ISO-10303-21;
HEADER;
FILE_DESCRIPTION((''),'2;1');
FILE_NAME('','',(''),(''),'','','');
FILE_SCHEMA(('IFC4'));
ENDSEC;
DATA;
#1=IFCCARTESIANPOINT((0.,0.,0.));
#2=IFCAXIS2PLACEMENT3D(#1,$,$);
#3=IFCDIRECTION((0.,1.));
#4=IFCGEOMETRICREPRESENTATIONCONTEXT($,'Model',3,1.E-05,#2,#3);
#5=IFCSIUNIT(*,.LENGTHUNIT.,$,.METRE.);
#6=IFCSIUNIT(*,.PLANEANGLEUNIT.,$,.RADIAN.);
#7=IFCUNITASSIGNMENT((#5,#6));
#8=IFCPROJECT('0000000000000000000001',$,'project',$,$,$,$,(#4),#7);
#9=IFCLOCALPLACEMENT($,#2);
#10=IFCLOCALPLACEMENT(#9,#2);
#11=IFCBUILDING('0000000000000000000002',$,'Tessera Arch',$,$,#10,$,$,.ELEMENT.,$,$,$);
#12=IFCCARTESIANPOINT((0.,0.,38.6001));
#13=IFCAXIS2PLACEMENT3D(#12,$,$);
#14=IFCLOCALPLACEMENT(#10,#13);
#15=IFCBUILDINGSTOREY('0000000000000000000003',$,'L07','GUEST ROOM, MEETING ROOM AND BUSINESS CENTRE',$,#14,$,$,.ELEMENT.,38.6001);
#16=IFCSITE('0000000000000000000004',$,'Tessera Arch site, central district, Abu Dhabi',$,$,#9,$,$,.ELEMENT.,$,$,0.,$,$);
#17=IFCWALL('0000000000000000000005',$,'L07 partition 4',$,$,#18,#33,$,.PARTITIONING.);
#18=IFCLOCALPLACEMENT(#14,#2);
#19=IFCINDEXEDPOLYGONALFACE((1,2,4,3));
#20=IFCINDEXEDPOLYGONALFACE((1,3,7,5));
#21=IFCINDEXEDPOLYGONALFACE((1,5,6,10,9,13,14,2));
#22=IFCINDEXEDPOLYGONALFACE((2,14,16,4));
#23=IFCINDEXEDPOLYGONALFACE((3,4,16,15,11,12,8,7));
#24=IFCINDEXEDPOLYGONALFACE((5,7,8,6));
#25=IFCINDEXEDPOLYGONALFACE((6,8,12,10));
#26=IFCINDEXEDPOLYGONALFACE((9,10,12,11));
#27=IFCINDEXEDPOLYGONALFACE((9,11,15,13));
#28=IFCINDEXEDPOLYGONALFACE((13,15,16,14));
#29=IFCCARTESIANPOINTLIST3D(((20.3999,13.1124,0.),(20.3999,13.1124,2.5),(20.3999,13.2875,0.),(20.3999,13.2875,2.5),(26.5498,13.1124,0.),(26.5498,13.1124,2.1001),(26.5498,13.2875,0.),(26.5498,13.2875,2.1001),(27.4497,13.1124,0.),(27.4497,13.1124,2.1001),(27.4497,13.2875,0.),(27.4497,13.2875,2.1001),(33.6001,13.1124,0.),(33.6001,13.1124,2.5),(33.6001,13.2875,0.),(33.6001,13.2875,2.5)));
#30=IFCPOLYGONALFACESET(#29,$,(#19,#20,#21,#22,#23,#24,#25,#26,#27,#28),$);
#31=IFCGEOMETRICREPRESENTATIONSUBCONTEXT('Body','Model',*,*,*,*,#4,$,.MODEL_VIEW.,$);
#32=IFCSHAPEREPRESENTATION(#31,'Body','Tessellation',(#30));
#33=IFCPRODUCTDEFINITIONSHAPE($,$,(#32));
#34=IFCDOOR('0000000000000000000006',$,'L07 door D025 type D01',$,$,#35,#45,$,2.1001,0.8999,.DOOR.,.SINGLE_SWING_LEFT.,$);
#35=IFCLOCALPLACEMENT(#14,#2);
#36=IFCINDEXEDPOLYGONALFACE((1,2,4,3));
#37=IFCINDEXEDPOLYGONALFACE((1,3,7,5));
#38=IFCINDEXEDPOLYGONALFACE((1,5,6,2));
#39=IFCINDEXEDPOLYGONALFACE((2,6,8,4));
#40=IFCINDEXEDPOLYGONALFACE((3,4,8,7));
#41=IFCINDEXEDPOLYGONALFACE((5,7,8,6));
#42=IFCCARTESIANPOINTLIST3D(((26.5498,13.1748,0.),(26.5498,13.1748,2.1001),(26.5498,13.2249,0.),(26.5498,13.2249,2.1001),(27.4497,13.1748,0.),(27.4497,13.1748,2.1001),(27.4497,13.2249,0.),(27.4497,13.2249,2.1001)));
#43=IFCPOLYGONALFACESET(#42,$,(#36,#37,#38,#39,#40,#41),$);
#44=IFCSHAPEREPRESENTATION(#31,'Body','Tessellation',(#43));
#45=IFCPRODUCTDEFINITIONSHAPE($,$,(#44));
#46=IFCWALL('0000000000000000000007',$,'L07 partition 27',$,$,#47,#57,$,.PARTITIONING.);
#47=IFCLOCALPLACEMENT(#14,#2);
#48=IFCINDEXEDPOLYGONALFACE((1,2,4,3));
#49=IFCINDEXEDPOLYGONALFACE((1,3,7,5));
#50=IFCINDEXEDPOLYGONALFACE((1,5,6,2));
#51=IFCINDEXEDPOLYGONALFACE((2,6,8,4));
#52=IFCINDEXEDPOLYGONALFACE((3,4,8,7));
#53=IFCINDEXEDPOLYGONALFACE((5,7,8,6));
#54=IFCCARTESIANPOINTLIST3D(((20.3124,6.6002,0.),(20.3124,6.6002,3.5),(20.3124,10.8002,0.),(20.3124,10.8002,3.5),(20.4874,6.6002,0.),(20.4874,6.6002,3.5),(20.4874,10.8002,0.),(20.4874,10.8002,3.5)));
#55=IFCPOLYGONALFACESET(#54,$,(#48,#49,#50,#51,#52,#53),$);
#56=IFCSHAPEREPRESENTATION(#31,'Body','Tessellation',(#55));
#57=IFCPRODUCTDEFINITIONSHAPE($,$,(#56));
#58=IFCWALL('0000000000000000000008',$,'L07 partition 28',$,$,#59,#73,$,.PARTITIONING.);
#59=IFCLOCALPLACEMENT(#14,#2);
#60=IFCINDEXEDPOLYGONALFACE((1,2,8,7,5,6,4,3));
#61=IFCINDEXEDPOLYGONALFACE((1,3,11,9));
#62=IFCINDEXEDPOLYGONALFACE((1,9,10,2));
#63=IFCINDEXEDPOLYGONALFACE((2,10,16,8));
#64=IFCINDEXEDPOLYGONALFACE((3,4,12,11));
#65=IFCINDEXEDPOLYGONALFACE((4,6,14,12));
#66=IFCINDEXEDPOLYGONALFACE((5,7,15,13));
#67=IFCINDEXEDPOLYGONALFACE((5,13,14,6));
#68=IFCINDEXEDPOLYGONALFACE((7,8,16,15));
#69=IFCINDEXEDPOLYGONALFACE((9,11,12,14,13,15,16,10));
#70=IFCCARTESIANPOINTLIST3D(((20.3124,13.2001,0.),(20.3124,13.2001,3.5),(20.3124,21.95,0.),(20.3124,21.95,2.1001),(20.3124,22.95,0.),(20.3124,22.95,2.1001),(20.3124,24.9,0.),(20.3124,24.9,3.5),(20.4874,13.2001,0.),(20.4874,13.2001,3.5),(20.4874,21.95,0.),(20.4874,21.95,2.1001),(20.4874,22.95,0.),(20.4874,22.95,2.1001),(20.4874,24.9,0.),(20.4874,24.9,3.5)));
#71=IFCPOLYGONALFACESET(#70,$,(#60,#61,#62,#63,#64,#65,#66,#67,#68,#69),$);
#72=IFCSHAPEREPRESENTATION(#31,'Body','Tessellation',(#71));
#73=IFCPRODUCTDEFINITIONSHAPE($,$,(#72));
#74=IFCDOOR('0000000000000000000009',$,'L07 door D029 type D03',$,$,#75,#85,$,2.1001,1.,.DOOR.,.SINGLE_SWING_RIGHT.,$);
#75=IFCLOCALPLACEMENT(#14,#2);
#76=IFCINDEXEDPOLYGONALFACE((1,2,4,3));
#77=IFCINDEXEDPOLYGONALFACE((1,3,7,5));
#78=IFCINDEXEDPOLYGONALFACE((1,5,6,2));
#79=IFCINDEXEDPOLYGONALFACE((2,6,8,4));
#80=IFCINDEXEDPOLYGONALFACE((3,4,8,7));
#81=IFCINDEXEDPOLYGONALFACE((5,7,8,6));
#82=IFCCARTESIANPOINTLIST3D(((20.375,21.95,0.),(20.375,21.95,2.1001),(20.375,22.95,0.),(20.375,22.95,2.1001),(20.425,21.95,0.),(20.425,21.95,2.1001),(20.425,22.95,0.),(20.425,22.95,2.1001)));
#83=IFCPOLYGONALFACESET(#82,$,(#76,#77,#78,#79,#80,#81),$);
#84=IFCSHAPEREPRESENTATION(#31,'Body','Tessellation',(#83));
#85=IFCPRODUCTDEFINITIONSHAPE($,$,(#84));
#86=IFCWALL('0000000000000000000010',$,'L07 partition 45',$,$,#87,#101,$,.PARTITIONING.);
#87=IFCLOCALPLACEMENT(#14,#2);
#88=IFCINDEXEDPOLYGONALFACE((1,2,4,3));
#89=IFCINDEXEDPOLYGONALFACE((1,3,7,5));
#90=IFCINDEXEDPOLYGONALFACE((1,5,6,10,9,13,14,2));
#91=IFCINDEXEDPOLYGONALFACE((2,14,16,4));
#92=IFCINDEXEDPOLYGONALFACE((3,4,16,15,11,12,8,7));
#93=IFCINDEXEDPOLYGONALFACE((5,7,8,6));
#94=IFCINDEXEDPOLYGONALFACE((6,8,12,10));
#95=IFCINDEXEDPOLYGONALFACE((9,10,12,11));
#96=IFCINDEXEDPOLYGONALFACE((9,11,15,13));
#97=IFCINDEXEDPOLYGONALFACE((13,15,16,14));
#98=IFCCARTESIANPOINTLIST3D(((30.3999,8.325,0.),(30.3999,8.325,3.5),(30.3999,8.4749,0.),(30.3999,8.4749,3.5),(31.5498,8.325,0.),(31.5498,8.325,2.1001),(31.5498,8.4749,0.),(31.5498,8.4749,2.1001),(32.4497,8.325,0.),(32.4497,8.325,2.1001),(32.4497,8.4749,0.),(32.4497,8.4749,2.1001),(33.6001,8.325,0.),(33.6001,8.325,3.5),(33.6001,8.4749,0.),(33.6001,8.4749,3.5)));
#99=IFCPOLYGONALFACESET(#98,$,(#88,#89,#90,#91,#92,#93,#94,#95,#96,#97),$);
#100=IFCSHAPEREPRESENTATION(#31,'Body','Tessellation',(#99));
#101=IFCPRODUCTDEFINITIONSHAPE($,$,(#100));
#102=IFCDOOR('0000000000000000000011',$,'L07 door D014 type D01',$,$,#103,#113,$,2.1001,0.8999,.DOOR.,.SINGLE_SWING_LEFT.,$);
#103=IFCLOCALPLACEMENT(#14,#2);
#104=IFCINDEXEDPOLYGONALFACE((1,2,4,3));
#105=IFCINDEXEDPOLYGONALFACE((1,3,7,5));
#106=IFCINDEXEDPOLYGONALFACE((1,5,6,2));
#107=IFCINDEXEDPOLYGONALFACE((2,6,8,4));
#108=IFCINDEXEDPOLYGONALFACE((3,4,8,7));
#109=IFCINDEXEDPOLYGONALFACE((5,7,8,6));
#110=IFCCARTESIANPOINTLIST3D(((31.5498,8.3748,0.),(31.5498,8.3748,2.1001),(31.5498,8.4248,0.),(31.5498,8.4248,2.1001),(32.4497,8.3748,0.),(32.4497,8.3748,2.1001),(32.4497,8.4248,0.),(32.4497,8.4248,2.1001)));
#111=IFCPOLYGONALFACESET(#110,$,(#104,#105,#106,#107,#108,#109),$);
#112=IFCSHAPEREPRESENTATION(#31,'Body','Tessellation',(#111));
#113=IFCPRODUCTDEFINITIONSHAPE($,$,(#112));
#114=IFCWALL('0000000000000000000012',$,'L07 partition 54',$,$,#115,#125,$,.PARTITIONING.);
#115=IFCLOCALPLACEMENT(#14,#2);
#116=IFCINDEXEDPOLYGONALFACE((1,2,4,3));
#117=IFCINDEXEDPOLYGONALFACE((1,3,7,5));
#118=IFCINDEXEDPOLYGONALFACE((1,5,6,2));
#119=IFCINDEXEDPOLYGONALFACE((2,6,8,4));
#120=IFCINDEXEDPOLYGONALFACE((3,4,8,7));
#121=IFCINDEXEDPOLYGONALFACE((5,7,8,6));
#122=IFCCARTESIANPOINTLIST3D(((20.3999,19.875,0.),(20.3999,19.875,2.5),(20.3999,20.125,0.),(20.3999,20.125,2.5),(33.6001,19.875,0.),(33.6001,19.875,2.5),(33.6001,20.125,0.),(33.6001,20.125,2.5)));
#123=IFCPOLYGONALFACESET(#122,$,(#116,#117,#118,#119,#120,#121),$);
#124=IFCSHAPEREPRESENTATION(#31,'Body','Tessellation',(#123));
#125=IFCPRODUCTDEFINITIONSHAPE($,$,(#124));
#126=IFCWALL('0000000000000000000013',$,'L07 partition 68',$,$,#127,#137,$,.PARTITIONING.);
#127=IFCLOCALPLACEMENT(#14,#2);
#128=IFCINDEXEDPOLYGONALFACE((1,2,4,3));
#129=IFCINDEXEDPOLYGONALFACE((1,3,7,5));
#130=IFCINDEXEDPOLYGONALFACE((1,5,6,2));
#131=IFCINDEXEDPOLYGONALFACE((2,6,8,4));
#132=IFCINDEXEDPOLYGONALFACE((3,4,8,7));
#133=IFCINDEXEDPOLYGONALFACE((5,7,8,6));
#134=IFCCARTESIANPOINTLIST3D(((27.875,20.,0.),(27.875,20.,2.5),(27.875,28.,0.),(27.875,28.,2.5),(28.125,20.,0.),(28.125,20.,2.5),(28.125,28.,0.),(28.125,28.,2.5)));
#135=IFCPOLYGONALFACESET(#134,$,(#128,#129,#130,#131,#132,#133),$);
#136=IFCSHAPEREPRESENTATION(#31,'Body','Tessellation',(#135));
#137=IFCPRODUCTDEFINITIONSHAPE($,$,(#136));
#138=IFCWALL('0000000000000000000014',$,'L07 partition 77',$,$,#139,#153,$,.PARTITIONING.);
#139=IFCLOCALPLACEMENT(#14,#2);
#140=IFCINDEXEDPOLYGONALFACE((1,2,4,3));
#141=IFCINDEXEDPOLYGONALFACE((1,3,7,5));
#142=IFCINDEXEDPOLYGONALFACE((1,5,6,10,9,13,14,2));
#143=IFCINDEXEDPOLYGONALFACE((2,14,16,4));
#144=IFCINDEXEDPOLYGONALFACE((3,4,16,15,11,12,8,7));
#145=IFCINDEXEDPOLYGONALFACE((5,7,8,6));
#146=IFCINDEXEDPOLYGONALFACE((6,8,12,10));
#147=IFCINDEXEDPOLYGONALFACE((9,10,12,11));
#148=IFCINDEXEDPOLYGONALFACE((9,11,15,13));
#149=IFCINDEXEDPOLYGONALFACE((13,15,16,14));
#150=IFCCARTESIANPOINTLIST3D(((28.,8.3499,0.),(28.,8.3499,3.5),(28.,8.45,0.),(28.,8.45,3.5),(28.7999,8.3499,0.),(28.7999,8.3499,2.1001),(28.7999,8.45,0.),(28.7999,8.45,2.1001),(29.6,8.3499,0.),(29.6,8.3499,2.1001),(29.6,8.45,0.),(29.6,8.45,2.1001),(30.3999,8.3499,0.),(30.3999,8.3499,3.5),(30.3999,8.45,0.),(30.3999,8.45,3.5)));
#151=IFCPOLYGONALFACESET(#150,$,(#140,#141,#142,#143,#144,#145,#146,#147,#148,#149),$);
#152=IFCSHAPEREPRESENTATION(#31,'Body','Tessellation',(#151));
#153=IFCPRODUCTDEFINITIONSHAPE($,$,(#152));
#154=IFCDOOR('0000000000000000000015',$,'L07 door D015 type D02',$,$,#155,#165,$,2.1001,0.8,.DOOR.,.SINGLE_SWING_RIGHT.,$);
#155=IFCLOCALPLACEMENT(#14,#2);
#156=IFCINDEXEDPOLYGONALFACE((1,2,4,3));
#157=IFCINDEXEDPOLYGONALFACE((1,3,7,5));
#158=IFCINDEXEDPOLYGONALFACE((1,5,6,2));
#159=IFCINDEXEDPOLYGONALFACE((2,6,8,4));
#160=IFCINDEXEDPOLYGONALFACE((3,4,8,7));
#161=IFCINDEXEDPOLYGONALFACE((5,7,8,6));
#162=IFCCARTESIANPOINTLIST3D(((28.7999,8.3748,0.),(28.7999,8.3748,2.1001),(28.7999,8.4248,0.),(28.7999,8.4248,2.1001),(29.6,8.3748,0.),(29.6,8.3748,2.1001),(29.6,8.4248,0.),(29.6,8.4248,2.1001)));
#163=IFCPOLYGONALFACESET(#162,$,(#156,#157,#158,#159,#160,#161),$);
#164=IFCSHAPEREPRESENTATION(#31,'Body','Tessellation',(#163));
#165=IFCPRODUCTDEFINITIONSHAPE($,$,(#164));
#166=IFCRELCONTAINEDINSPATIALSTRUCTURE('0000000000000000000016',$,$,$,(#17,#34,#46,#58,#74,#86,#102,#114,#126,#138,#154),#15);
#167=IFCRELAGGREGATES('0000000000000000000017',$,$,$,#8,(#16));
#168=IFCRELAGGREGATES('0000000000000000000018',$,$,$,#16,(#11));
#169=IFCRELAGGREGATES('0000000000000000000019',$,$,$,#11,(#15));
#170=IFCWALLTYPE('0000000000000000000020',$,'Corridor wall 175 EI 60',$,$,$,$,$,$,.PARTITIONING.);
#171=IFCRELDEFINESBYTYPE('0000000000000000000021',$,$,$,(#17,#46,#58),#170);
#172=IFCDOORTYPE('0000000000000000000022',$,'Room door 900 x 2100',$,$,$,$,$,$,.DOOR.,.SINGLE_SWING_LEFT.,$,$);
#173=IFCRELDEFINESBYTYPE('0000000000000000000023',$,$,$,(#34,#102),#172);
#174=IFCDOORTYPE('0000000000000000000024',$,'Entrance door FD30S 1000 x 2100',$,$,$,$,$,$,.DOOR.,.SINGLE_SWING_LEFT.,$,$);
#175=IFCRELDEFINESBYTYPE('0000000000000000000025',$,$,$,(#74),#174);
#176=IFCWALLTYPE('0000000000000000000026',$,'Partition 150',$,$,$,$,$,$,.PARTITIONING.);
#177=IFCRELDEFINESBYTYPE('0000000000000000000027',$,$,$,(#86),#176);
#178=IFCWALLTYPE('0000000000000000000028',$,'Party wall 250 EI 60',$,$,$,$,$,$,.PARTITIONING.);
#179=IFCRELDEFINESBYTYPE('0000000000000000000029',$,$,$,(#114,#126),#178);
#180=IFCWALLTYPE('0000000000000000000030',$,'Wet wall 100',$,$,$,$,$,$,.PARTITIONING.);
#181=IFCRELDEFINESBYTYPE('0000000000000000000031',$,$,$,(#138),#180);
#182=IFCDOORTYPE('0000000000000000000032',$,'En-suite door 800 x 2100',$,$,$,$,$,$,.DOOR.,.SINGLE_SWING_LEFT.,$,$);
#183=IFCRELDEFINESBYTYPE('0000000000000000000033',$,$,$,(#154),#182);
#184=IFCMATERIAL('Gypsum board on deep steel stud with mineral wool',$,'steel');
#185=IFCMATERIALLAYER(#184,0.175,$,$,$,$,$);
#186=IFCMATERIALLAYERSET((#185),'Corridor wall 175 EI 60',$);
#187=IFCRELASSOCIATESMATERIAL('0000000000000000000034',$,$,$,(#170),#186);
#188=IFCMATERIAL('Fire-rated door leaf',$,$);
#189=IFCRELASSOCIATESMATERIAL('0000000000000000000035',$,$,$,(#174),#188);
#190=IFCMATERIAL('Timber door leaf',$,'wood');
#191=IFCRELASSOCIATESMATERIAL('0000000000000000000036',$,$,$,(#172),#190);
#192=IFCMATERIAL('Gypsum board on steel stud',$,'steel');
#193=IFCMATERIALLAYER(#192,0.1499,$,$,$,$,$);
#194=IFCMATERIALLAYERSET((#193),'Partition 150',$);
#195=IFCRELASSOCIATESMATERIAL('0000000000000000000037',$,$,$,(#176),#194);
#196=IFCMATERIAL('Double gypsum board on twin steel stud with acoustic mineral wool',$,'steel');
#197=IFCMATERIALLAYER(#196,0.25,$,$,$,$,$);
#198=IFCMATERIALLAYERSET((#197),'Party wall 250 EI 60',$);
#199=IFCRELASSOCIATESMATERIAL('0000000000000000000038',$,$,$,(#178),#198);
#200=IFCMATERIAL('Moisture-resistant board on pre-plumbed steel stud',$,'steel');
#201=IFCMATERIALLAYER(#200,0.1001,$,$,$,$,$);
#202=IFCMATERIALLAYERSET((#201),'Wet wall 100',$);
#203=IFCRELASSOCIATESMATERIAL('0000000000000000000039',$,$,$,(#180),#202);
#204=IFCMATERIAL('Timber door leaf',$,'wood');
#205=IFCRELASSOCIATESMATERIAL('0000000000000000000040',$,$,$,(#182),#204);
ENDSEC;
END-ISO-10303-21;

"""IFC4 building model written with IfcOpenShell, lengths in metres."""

from ifc_helpers import new_model, si_unit, direction, frame, frame_2d, origin, place, context, subcontext, project, spatial, rectangle, extrude, material, layer, layer_set, type_object, element, fill, save


model = new_model("IFC4")

# Units and contexts
model_context = context("Model", 3, precision=1e-05, world=origin(), true_north=direction((0.0, 1.0)))
body_context = subcontext(model_context, "Body", "Model", "MODEL_VIEW")
ifc_project = project(units=[si_unit("LENGTHUNIT", "METRE"), si_unit("PLANEANGLEUNIT", "RADIAN")], contexts=[model_context])

# Site, building, storey
site_placement = place(None, origin())
site = spatial("IfcSite", under=ifc_project, at=site_placement, Name="Tessera Arch site, central district, Abu Dhabi", CompositionType="ELEMENT", RefElevation=0.0)
building_placement = place(site_placement, origin())
building = spatial("IfcBuilding", under=site, at=building_placement, Name="Tessera Arch", CompositionType="ELEMENT")
storey_placement = place(building_placement, frame((0.0, 0.0, 38.6001)))
storey = spatial("IfcBuildingStorey", under=building, at=storey_placement, Name="L07", Description="GUEST ROOM, MEETING ROOM AND BUSINESS CENTRE", CompositionType="ELEMENT", Elevation=38.6001)

# Shared definitions
ifc_material_1 = material(Name="Gypsum board on deep steel stud with mineral wool", Category="steel")
ifc_layer_1 = layer(ifc_material_1, 0.175)
ifc_layer_set_1 = layer_set([ifc_layer_1], Name="Corridor wall 175 EI 60")
wall_type_1 = type_object("IfcWallType", Name="Corridor wall 175 EI 60", PredefinedType="PARTITIONING", material=ifc_layer_set_1)
ifc_material_2 = material(Name="Fire-rated door leaf")
door_type_1 = type_object("IfcDoorType", Name="Entrance door FD30S 1000 x 2100", OperationType="SINGLE_SWING_LEFT", PredefinedType="DOOR", material=ifc_material_2)
ifc_material_3 = material(Name="Timber door leaf", Category="wood")
door_type_2 = type_object("IfcDoorType", Name="Room door 900 x 2100", OperationType="SINGLE_SWING_LEFT", PredefinedType="DOOR", material=ifc_material_3)

# Wall, opening, door
wall_1_placement = place(storey_placement, frame((20.3999, 13.2, 0.0), z_axis=(0.0, 0.0, 1.0), x_axis=(1.0, 0.0, 0.0)))
wall_1 = element("IfcWall", 1, at=wall_1_placement, inside=storey, type_object=wall_type_1, Name="L07 partition 4", PredefinedType="PARTITIONING", context=body_context, shape_type="SweptSolid", body=[
    extrude(rectangle(XDim=13.2002, YDim=0.175, at=frame_2d((6.6001, 0.0))), origin(), (0.0, 0.0, 1.0), 2.5),
])
opening_1_placement = place(wall_1_placement, frame((6.1499, 0.0, 0.0)))
opening_1 = element("IfcOpeningElement", 2, at=opening_1_placement, cuts=wall_1, PredefinedType="OPENING", context=body_context, shape_type="SweptSolid", body=[
    extrude(rectangle(XDim=0.8999, YDim=2.1001, at=frame_2d((0.45, 1.05))), frame((0.0, 0.0974, 0.0), z_axis=(0.0, -1.0, 0.0), x_axis=(1.0, 0.0, 0.0)), (0.0, 0.0, 1.0), 0.1951),
])
door_1_placement = place(opening_1_placement, origin())
door_1 = element("IfcDoor", 3, at=door_1_placement, inside=storey, type_object=door_type_2, Name="L07 door D025 type D01", OperationType="SINGLE_SWING_LEFT", OverallHeight=2.1001, OverallWidth=0.8999, PredefinedType="DOOR", context=body_context, shape_type="SweptSolid", body=[
    extrude(rectangle(XDim=0.8999, YDim=2.1001, at=frame_2d((0.45, 1.05))), frame((0.0, 0.0249, 0.0), z_axis=(0.0, -1.0, 0.0), x_axis=(1.0, 0.0, 0.0)), (0.0, 0.0, 1.0), 0.05),
])
fill(opening_1, door_1)

# Wall
wall_2_placement = place(storey_placement, frame((20.3999, 6.6001, 0.0), z_axis=(0.0, 0.0, 1.0), x_axis=(0.0, 1.0, 0.0)))
element("IfcWall", 4, at=wall_2_placement, inside=storey, type_object=wall_type_1, Name="L07 partition 27", PredefinedType="PARTITIONING", context=body_context, shape_type="SweptSolid", body=[
    extrude(rectangle(XDim=4.2, YDim=0.175, at=frame_2d((2.1001, 0.0))), origin(), (0.0, 0.0, 1.0), 3.5),
])

# Walls, openings, doors
wall_3_placement = place(storey_placement, frame((20.3999, 13.2, 0.0), z_axis=(0.0, 0.0, 1.0), x_axis=(0.0, 1.0, 0.0)))
wall_3 = element("IfcWall", 5, at=wall_3_placement, inside=storey, type_object=wall_type_1, Name="L07 partition 28", PredefinedType="PARTITIONING", context=body_context, shape_type="SweptSolid", body=[
    extrude(rectangle(XDim=11.7, YDim=0.175, at=frame_2d((5.8501, 0.0))), origin(), (0.0, 0.0, 1.0), 3.5),
])
opening_2_placement = place(wall_3_placement, frame((8.75, 0.0, 0.0)))
opening_2 = element("IfcOpeningElement", 6, at=opening_2_placement, cuts=wall_3, PredefinedType="OPENING", context=body_context, shape_type="SweptSolid", body=[
    extrude(rectangle(XDim=1.0, YDim=2.1001, at=frame_2d((0.5, 1.05))), frame((0.0, 0.0974, 0.0), z_axis=(0.0, -1.0, 0.0), x_axis=(1.0, 0.0, 0.0)), (0.0, 0.0, 1.0), 0.1951),
])
door_2_placement = place(opening_2_placement, origin())
door_2 = element("IfcDoor", 7, at=door_2_placement, inside=storey, type_object=door_type_1, Name="L07 door D029 type D03", OperationType="SINGLE_SWING_RIGHT", OverallHeight=2.1001, OverallWidth=1.0, PredefinedType="DOOR", context=body_context, shape_type="SweptSolid", body=[
    extrude(rectangle(XDim=1.0, YDim=2.1001, at=frame_2d((0.5, 1.05))), frame((0.0, 0.0249, 0.0), z_axis=(0.0, -1.0, 0.0), x_axis=(1.0, 0.0, 0.0)), (0.0, 0.0, 1.0), 0.05),
])
fill(opening_2, door_2)
ifc_material_4 = material(Name="Gypsum board on steel stud", Category="steel")
ifc_layer_2 = layer(ifc_material_4, 0.1499)
ifc_layer_set_2 = layer_set([ifc_layer_2], Name="Partition 150")
wall_type_2 = type_object("IfcWallType", Name="Partition 150", PredefinedType="PARTITIONING", material=ifc_layer_set_2)
wall_4_placement = place(storey_placement, frame((30.3999, 8.3999, 0.0), z_axis=(0.0, 0.0, 1.0), x_axis=(1.0, 0.0, 0.0)))
wall_4 = element("IfcWall", 8, at=wall_4_placement, inside=storey, type_object=wall_type_2, Name="L07 partition 45", PredefinedType="PARTITIONING", context=body_context, shape_type="SweptSolid", body=[
    extrude(rectangle(XDim=3.2002, YDim=0.1499, at=frame_2d((1.6001, 0.0))), origin(), (0.0, 0.0, 1.0), 3.5),
])
opening_3_placement = place(wall_4_placement, frame((1.1499, 0.0, 0.0)))
opening_3 = element("IfcOpeningElement", 9, at=opening_3_placement, cuts=wall_4, PredefinedType="OPENING", context=body_context, shape_type="SweptSolid", body=[
    extrude(rectangle(XDim=0.8999, YDim=2.1001, at=frame_2d((0.45, 1.05))), frame((0.0, 0.085, 0.0), z_axis=(0.0, -1.0, 0.0), x_axis=(1.0, 0.0, 0.0)), (0.0, 0.0, 1.0), 0.1699),
])
door_3_placement = place(opening_3_placement, origin())
door_3 = element("IfcDoor", 10, at=door_3_placement, inside=storey, type_object=door_type_2, Name="L07 door D014 type D01", OperationType="SINGLE_SWING_LEFT", OverallHeight=2.1001, OverallWidth=0.8999, PredefinedType="DOOR", context=body_context, shape_type="SweptSolid", body=[
    extrude(rectangle(XDim=0.8999, YDim=2.1001, at=frame_2d((0.45, 1.05))), frame((0.0, 0.0249, 0.0), z_axis=(0.0, -1.0, 0.0), x_axis=(1.0, 0.0, 0.0)), (0.0, 0.0, 1.0), 0.05),
])
fill(opening_3, door_3)

# Walls
ifc_material_5 = material(Name="Double gypsum board on twin steel stud with acoustic mineral wool", Category="steel")
ifc_layer_3 = layer(ifc_material_5, 0.25)
ifc_layer_set_3 = layer_set([ifc_layer_3], Name="Party wall 250 EI 60")
wall_type_3 = type_object("IfcWallType", Name="Party wall 250 EI 60", PredefinedType="PARTITIONING", material=ifc_layer_set_3)
wall_5_placement = place(storey_placement, frame((20.3999, 20.0, 0.0), z_axis=(0.0, 0.0, 1.0), x_axis=(1.0, 0.0, 0.0)))
element("IfcWall", 11, at=wall_5_placement, inside=storey, type_object=wall_type_3, Name="L07 partition 54", PredefinedType="PARTITIONING", context=body_context, shape_type="SweptSolid", body=[
    extrude(rectangle(XDim=13.2002, YDim=0.25, at=frame_2d((6.6001, 0.0))), origin(), (0.0, 0.0, 1.0), 2.5),
])
wall_6_placement = place(storey_placement, frame((28.0, 20.0, 0.0), z_axis=(0.0, 0.0, 1.0), x_axis=(0.0, 1.0, 0.0)))
element("IfcWall", 12, at=wall_6_placement, inside=storey, type_object=wall_type_3, Name="L07 partition 68", PredefinedType="PARTITIONING", context=body_context, shape_type="SweptSolid", body=[
    extrude(rectangle(XDim=8.0, YDim=0.25, at=frame_2d((4.0, 0.0))), origin(), (0.0, 0.0, 1.0), 2.5),
])

# Wall, opening, door
ifc_material_6 = material(Name="Moisture-resistant board on pre-plumbed steel stud", Category="steel")
ifc_layer_4 = layer(ifc_material_6, 0.1001)
ifc_layer_set_4 = layer_set([ifc_layer_4], Name="Wet wall 100")
wall_type_4 = type_object("IfcWallType", Name="Wet wall 100", PredefinedType="PARTITIONING", material=ifc_layer_set_4)
wall_7_placement = place(storey_placement, frame((28.0, 8.3999, 0.0), z_axis=(0.0, 0.0, 1.0), x_axis=(1.0, 0.0, 0.0)))
wall_7 = element("IfcWall", 13, at=wall_7_placement, inside=storey, type_object=wall_type_4, Name="L07 partition 77", PredefinedType="PARTITIONING", context=body_context, shape_type="SweptSolid", body=[
    extrude(rectangle(XDim=2.3999, YDim=0.1001, at=frame_2d((1.2, 0.0))), origin(), (0.0, 0.0, 1.0), 3.5),
])
opening_4_placement = place(wall_7_placement, frame((0.8, 0.0, 0.0)))
opening_4 = element("IfcOpeningElement", 14, at=opening_4_placement, cuts=wall_7, PredefinedType="OPENING", context=body_context, shape_type="SweptSolid", body=[
    extrude(rectangle(XDim=0.8, YDim=2.1001, at=frame_2d((0.3999, 1.05))), frame((0.0, 0.0601, 0.0), z_axis=(0.0, -1.0, 0.0), x_axis=(1.0, 0.0, 0.0)), (0.0, 0.0, 1.0), 0.1201),
])
ifc_material_7 = material(Name="Timber door leaf", Category="wood")
door_type_3 = type_object("IfcDoorType", Name="En-suite door 800 x 2100", OperationType="SINGLE_SWING_LEFT", PredefinedType="DOOR", material=ifc_material_7)
door_4_placement = place(opening_4_placement, origin())
door_4 = element("IfcDoor", 15, at=door_4_placement, inside=storey, type_object=door_type_3, Name="L07 door D015 type D02", OperationType="SINGLE_SWING_RIGHT", OverallHeight=2.1001, OverallWidth=0.8, PredefinedType="DOOR", context=body_context, shape_type="SweptSolid", body=[
    extrude(rectangle(XDim=0.8, YDim=2.1001, at=frame_2d((0.3999, 1.05))), frame((0.0, 0.0249, 0.0), z_axis=(0.0, -1.0, 0.0), x_axis=(1.0, 0.0, 0.0)), (0.0, 0.0, 1.0), 0.05),
])
fill(opening_4, door_4)

save(model, "model.ifc")
